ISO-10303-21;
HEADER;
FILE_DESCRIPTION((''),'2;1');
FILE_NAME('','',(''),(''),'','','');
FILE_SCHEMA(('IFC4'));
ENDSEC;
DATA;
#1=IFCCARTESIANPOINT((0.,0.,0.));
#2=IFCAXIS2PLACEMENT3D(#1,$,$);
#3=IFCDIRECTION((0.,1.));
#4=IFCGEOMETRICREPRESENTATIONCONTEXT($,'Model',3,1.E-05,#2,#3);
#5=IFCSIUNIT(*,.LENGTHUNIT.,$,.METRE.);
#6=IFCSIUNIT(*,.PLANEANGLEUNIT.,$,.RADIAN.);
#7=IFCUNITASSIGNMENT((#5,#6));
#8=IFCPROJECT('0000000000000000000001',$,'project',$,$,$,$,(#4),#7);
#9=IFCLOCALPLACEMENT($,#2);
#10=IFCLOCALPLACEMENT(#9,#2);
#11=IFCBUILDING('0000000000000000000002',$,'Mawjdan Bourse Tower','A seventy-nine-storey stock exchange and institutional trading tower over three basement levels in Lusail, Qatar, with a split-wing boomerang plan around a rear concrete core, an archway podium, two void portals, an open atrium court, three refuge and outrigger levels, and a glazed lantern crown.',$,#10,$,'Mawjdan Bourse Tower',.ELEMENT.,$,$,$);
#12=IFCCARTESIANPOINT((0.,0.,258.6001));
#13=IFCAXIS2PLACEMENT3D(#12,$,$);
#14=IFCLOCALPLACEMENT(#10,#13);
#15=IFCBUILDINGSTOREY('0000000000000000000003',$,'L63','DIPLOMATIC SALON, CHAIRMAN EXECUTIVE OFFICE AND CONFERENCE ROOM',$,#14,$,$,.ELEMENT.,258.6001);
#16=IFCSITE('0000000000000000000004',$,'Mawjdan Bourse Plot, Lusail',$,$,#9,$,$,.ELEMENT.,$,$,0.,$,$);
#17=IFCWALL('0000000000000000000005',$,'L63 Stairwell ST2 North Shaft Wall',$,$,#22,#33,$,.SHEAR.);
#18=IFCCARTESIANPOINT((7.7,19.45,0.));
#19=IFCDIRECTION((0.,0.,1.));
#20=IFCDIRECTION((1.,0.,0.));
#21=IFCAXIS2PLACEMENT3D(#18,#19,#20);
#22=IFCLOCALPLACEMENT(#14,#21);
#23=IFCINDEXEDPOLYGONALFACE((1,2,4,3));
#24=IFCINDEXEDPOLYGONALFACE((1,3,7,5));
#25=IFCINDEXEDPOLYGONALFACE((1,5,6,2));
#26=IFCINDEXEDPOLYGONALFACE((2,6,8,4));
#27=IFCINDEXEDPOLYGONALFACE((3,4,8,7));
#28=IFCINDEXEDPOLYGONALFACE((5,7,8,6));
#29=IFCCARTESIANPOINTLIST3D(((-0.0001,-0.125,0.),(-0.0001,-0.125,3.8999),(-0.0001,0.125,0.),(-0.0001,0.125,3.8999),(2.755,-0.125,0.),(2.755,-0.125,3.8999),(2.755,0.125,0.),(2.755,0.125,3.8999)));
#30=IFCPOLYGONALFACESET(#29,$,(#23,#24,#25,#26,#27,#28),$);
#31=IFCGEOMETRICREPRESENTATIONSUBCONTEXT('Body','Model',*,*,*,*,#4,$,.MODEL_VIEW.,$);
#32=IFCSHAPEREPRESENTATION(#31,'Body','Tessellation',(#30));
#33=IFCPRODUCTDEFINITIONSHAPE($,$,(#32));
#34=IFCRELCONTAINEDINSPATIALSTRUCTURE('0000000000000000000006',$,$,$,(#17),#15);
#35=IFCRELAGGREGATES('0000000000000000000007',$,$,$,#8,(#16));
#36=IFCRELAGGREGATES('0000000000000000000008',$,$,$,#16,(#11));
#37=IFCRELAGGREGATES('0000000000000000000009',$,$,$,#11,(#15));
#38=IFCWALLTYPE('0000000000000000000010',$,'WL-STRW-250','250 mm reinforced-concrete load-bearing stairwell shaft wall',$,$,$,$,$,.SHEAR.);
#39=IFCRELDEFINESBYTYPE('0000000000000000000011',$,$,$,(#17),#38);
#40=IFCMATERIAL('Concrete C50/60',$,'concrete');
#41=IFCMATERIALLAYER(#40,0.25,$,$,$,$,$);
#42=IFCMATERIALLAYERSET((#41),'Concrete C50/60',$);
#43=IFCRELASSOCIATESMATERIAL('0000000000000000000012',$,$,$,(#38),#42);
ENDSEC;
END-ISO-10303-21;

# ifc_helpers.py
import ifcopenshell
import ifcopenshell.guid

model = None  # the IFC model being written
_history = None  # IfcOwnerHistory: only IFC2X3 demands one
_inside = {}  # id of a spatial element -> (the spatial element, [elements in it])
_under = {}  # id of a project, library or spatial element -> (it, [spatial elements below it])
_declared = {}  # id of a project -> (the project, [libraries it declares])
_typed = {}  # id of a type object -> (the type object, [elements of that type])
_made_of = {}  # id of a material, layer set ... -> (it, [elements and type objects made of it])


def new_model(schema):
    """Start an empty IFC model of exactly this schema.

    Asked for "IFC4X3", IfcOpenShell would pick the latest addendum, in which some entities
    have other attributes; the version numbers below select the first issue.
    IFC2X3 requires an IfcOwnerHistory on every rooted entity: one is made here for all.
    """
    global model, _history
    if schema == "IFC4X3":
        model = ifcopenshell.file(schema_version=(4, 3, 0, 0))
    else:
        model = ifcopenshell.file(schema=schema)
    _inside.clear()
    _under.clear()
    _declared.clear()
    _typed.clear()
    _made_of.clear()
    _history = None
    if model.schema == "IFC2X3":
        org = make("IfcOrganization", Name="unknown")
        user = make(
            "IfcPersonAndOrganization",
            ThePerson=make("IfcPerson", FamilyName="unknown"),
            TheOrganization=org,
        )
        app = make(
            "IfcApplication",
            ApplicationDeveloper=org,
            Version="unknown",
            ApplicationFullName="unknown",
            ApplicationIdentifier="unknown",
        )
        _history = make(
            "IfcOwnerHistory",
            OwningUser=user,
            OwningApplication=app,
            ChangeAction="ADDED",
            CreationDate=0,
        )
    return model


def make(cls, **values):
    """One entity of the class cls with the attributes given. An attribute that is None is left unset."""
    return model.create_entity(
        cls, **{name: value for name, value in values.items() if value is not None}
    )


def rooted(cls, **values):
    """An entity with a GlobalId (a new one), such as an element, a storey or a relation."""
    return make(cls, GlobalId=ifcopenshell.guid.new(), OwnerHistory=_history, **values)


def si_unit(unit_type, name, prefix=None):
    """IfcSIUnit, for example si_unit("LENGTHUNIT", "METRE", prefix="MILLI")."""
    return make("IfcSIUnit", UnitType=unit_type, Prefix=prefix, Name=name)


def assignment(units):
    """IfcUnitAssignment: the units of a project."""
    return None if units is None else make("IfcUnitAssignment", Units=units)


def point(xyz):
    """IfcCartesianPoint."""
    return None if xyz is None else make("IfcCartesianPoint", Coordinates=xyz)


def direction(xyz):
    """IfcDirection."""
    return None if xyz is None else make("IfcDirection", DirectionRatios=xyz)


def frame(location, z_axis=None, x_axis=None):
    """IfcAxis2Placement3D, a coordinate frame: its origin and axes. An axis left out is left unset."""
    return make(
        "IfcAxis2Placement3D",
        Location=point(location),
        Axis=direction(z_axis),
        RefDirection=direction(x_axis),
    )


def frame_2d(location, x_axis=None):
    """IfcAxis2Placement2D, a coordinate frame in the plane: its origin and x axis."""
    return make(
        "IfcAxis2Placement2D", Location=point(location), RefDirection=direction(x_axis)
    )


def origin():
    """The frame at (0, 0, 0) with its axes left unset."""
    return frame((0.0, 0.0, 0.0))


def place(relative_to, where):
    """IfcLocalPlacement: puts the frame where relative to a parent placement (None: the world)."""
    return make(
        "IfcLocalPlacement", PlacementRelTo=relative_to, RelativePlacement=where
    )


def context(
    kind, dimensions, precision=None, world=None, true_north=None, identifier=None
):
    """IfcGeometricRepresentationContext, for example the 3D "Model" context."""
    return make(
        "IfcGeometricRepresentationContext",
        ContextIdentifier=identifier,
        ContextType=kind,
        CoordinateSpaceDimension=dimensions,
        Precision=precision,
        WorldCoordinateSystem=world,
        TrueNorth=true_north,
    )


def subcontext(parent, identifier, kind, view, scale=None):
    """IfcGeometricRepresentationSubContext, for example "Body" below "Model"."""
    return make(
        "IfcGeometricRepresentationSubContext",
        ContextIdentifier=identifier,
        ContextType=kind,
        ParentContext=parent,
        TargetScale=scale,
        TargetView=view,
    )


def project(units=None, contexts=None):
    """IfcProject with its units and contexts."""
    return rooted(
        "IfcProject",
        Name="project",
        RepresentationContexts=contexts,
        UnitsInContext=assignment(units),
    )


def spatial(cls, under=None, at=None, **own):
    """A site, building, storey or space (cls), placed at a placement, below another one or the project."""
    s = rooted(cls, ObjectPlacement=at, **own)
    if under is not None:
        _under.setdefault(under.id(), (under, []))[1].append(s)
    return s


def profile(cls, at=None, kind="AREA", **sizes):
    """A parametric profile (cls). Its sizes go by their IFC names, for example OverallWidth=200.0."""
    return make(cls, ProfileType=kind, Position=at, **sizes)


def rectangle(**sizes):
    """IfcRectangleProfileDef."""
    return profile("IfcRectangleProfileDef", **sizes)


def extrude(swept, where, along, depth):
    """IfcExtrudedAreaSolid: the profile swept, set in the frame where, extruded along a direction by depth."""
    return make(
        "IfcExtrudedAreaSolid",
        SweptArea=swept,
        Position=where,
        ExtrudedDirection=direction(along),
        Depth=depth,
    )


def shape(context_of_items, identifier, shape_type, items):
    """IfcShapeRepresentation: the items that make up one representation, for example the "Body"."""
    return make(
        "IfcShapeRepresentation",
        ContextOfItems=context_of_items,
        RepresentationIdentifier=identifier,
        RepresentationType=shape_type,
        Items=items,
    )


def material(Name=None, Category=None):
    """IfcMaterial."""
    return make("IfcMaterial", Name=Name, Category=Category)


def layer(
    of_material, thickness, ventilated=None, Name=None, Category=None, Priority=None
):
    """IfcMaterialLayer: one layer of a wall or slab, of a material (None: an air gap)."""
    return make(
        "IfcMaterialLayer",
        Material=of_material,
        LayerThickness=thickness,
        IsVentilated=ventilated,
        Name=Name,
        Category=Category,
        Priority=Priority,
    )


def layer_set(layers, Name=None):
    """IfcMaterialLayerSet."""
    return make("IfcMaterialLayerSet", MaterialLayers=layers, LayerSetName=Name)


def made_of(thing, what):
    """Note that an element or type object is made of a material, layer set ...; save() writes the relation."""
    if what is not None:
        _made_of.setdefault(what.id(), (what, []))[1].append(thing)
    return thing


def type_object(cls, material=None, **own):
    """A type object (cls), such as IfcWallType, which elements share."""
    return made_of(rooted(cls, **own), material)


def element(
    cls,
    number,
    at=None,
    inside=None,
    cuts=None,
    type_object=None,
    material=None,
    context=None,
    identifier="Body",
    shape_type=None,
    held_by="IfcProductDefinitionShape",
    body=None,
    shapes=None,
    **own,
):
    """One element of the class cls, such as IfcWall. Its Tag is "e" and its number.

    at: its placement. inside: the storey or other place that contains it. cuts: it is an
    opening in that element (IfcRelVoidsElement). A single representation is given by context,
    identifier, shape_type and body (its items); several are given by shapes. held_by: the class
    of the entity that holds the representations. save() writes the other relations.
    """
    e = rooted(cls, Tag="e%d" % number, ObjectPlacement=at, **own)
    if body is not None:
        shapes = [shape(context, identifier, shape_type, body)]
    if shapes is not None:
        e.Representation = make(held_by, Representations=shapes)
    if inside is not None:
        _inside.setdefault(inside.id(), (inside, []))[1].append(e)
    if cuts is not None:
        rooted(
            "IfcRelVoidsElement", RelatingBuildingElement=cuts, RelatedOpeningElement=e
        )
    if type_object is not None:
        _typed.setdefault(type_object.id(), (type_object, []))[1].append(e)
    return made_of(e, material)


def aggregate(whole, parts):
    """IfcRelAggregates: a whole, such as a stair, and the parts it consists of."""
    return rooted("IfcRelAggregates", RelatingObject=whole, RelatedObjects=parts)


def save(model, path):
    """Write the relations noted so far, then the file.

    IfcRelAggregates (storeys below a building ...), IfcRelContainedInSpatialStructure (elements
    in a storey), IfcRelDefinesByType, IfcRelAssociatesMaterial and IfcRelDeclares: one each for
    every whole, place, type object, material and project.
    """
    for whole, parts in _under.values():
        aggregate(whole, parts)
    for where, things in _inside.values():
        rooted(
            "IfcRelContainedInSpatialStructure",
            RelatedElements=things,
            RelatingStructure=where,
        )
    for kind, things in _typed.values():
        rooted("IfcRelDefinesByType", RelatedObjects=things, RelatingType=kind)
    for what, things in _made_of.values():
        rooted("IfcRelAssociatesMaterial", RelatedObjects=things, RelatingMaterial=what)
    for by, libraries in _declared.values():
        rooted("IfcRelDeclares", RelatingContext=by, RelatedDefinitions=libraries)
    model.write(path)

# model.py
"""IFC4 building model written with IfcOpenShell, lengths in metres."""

from ifc_helpers import new_model, si_unit, direction, frame, frame_2d, origin, place, context, subcontext, project, spatial, rectangle, extrude, material, layer, layer_set, type_object, element, save


model = new_model("IFC4")

# Units and contexts
model_context = context("Model", 3, precision=1e-05, world=origin(), true_north=direction((0.0, 1.0)))
body_context = subcontext(model_context, "Body", "Model", "MODEL_VIEW")
ifc_project = project(units=[si_unit("LENGTHUNIT", "METRE"), si_unit("PLANEANGLEUNIT", "RADIAN")], contexts=[model_context])

# Site, building, storey
site_placement = place(None, origin())
site = spatial("IfcSite", under=ifc_project, at=site_placement, Name="Mawjdan Bourse Plot, Lusail", CompositionType="ELEMENT", RefElevation=0.0)
building_placement = place(site_placement, origin())
building = spatial("IfcBuilding", under=site, at=building_placement, Name="Mawjdan Bourse Tower", Description="A seventy-nine-storey stock exchange and institutional trading tower over three basement levels in Lusail, Qatar, with a split-wing boomerang plan around a rear concrete core, an archway podium, two void portals, an open atrium court, three refuge and outrigger levels, and a glazed lantern crown.", LongName="Mawjdan Bourse Tower", CompositionType="ELEMENT")
storey_placement = place(building_placement, frame((0.0, 0.0, 258.6001)))
storey = spatial("IfcBuildingStorey", under=building, at=storey_placement, Name="L63", Description="DIPLOMATIC SALON, CHAIRMAN EXECUTIVE OFFICE AND CONFERENCE ROOM", CompositionType="ELEMENT", Elevation=258.6001)

# Wall
ifc_material_1 = material(Name="Concrete C50/60", Category="concrete")
ifc_layer_1 = layer(ifc_material_1, 0.25)
ifc_layer_set_1 = layer_set([ifc_layer_1], Name="Concrete C50/60")
wall_type_1 = type_object("IfcWallType", Name="WL-STRW-250", Description="250 mm reinforced-concrete load-bearing stairwell shaft wall", PredefinedType="SHEAR", material=ifc_layer_set_1)
wall_1_placement = place(storey_placement, frame((7.7, 19.45, 0.0), z_axis=(0.0, 0.0, 1.0), x_axis=(1.0, 0.0, 0.0)))
element("IfcWall", 1, at=wall_1_placement, inside=storey, type_object=wall_type_1, Name="L63 Stairwell ST2 North Shaft Wall", PredefinedType="SHEAR", context=body_context, shape_type="SweptSolid", body=[
    extrude(rectangle(XDim=2.7551, YDim=0.25, at=frame_2d((1.3774, 0.0))), origin(), (0.0, 0.0, 1.0), 3.8999),
])

save(model, "model.ifc")
